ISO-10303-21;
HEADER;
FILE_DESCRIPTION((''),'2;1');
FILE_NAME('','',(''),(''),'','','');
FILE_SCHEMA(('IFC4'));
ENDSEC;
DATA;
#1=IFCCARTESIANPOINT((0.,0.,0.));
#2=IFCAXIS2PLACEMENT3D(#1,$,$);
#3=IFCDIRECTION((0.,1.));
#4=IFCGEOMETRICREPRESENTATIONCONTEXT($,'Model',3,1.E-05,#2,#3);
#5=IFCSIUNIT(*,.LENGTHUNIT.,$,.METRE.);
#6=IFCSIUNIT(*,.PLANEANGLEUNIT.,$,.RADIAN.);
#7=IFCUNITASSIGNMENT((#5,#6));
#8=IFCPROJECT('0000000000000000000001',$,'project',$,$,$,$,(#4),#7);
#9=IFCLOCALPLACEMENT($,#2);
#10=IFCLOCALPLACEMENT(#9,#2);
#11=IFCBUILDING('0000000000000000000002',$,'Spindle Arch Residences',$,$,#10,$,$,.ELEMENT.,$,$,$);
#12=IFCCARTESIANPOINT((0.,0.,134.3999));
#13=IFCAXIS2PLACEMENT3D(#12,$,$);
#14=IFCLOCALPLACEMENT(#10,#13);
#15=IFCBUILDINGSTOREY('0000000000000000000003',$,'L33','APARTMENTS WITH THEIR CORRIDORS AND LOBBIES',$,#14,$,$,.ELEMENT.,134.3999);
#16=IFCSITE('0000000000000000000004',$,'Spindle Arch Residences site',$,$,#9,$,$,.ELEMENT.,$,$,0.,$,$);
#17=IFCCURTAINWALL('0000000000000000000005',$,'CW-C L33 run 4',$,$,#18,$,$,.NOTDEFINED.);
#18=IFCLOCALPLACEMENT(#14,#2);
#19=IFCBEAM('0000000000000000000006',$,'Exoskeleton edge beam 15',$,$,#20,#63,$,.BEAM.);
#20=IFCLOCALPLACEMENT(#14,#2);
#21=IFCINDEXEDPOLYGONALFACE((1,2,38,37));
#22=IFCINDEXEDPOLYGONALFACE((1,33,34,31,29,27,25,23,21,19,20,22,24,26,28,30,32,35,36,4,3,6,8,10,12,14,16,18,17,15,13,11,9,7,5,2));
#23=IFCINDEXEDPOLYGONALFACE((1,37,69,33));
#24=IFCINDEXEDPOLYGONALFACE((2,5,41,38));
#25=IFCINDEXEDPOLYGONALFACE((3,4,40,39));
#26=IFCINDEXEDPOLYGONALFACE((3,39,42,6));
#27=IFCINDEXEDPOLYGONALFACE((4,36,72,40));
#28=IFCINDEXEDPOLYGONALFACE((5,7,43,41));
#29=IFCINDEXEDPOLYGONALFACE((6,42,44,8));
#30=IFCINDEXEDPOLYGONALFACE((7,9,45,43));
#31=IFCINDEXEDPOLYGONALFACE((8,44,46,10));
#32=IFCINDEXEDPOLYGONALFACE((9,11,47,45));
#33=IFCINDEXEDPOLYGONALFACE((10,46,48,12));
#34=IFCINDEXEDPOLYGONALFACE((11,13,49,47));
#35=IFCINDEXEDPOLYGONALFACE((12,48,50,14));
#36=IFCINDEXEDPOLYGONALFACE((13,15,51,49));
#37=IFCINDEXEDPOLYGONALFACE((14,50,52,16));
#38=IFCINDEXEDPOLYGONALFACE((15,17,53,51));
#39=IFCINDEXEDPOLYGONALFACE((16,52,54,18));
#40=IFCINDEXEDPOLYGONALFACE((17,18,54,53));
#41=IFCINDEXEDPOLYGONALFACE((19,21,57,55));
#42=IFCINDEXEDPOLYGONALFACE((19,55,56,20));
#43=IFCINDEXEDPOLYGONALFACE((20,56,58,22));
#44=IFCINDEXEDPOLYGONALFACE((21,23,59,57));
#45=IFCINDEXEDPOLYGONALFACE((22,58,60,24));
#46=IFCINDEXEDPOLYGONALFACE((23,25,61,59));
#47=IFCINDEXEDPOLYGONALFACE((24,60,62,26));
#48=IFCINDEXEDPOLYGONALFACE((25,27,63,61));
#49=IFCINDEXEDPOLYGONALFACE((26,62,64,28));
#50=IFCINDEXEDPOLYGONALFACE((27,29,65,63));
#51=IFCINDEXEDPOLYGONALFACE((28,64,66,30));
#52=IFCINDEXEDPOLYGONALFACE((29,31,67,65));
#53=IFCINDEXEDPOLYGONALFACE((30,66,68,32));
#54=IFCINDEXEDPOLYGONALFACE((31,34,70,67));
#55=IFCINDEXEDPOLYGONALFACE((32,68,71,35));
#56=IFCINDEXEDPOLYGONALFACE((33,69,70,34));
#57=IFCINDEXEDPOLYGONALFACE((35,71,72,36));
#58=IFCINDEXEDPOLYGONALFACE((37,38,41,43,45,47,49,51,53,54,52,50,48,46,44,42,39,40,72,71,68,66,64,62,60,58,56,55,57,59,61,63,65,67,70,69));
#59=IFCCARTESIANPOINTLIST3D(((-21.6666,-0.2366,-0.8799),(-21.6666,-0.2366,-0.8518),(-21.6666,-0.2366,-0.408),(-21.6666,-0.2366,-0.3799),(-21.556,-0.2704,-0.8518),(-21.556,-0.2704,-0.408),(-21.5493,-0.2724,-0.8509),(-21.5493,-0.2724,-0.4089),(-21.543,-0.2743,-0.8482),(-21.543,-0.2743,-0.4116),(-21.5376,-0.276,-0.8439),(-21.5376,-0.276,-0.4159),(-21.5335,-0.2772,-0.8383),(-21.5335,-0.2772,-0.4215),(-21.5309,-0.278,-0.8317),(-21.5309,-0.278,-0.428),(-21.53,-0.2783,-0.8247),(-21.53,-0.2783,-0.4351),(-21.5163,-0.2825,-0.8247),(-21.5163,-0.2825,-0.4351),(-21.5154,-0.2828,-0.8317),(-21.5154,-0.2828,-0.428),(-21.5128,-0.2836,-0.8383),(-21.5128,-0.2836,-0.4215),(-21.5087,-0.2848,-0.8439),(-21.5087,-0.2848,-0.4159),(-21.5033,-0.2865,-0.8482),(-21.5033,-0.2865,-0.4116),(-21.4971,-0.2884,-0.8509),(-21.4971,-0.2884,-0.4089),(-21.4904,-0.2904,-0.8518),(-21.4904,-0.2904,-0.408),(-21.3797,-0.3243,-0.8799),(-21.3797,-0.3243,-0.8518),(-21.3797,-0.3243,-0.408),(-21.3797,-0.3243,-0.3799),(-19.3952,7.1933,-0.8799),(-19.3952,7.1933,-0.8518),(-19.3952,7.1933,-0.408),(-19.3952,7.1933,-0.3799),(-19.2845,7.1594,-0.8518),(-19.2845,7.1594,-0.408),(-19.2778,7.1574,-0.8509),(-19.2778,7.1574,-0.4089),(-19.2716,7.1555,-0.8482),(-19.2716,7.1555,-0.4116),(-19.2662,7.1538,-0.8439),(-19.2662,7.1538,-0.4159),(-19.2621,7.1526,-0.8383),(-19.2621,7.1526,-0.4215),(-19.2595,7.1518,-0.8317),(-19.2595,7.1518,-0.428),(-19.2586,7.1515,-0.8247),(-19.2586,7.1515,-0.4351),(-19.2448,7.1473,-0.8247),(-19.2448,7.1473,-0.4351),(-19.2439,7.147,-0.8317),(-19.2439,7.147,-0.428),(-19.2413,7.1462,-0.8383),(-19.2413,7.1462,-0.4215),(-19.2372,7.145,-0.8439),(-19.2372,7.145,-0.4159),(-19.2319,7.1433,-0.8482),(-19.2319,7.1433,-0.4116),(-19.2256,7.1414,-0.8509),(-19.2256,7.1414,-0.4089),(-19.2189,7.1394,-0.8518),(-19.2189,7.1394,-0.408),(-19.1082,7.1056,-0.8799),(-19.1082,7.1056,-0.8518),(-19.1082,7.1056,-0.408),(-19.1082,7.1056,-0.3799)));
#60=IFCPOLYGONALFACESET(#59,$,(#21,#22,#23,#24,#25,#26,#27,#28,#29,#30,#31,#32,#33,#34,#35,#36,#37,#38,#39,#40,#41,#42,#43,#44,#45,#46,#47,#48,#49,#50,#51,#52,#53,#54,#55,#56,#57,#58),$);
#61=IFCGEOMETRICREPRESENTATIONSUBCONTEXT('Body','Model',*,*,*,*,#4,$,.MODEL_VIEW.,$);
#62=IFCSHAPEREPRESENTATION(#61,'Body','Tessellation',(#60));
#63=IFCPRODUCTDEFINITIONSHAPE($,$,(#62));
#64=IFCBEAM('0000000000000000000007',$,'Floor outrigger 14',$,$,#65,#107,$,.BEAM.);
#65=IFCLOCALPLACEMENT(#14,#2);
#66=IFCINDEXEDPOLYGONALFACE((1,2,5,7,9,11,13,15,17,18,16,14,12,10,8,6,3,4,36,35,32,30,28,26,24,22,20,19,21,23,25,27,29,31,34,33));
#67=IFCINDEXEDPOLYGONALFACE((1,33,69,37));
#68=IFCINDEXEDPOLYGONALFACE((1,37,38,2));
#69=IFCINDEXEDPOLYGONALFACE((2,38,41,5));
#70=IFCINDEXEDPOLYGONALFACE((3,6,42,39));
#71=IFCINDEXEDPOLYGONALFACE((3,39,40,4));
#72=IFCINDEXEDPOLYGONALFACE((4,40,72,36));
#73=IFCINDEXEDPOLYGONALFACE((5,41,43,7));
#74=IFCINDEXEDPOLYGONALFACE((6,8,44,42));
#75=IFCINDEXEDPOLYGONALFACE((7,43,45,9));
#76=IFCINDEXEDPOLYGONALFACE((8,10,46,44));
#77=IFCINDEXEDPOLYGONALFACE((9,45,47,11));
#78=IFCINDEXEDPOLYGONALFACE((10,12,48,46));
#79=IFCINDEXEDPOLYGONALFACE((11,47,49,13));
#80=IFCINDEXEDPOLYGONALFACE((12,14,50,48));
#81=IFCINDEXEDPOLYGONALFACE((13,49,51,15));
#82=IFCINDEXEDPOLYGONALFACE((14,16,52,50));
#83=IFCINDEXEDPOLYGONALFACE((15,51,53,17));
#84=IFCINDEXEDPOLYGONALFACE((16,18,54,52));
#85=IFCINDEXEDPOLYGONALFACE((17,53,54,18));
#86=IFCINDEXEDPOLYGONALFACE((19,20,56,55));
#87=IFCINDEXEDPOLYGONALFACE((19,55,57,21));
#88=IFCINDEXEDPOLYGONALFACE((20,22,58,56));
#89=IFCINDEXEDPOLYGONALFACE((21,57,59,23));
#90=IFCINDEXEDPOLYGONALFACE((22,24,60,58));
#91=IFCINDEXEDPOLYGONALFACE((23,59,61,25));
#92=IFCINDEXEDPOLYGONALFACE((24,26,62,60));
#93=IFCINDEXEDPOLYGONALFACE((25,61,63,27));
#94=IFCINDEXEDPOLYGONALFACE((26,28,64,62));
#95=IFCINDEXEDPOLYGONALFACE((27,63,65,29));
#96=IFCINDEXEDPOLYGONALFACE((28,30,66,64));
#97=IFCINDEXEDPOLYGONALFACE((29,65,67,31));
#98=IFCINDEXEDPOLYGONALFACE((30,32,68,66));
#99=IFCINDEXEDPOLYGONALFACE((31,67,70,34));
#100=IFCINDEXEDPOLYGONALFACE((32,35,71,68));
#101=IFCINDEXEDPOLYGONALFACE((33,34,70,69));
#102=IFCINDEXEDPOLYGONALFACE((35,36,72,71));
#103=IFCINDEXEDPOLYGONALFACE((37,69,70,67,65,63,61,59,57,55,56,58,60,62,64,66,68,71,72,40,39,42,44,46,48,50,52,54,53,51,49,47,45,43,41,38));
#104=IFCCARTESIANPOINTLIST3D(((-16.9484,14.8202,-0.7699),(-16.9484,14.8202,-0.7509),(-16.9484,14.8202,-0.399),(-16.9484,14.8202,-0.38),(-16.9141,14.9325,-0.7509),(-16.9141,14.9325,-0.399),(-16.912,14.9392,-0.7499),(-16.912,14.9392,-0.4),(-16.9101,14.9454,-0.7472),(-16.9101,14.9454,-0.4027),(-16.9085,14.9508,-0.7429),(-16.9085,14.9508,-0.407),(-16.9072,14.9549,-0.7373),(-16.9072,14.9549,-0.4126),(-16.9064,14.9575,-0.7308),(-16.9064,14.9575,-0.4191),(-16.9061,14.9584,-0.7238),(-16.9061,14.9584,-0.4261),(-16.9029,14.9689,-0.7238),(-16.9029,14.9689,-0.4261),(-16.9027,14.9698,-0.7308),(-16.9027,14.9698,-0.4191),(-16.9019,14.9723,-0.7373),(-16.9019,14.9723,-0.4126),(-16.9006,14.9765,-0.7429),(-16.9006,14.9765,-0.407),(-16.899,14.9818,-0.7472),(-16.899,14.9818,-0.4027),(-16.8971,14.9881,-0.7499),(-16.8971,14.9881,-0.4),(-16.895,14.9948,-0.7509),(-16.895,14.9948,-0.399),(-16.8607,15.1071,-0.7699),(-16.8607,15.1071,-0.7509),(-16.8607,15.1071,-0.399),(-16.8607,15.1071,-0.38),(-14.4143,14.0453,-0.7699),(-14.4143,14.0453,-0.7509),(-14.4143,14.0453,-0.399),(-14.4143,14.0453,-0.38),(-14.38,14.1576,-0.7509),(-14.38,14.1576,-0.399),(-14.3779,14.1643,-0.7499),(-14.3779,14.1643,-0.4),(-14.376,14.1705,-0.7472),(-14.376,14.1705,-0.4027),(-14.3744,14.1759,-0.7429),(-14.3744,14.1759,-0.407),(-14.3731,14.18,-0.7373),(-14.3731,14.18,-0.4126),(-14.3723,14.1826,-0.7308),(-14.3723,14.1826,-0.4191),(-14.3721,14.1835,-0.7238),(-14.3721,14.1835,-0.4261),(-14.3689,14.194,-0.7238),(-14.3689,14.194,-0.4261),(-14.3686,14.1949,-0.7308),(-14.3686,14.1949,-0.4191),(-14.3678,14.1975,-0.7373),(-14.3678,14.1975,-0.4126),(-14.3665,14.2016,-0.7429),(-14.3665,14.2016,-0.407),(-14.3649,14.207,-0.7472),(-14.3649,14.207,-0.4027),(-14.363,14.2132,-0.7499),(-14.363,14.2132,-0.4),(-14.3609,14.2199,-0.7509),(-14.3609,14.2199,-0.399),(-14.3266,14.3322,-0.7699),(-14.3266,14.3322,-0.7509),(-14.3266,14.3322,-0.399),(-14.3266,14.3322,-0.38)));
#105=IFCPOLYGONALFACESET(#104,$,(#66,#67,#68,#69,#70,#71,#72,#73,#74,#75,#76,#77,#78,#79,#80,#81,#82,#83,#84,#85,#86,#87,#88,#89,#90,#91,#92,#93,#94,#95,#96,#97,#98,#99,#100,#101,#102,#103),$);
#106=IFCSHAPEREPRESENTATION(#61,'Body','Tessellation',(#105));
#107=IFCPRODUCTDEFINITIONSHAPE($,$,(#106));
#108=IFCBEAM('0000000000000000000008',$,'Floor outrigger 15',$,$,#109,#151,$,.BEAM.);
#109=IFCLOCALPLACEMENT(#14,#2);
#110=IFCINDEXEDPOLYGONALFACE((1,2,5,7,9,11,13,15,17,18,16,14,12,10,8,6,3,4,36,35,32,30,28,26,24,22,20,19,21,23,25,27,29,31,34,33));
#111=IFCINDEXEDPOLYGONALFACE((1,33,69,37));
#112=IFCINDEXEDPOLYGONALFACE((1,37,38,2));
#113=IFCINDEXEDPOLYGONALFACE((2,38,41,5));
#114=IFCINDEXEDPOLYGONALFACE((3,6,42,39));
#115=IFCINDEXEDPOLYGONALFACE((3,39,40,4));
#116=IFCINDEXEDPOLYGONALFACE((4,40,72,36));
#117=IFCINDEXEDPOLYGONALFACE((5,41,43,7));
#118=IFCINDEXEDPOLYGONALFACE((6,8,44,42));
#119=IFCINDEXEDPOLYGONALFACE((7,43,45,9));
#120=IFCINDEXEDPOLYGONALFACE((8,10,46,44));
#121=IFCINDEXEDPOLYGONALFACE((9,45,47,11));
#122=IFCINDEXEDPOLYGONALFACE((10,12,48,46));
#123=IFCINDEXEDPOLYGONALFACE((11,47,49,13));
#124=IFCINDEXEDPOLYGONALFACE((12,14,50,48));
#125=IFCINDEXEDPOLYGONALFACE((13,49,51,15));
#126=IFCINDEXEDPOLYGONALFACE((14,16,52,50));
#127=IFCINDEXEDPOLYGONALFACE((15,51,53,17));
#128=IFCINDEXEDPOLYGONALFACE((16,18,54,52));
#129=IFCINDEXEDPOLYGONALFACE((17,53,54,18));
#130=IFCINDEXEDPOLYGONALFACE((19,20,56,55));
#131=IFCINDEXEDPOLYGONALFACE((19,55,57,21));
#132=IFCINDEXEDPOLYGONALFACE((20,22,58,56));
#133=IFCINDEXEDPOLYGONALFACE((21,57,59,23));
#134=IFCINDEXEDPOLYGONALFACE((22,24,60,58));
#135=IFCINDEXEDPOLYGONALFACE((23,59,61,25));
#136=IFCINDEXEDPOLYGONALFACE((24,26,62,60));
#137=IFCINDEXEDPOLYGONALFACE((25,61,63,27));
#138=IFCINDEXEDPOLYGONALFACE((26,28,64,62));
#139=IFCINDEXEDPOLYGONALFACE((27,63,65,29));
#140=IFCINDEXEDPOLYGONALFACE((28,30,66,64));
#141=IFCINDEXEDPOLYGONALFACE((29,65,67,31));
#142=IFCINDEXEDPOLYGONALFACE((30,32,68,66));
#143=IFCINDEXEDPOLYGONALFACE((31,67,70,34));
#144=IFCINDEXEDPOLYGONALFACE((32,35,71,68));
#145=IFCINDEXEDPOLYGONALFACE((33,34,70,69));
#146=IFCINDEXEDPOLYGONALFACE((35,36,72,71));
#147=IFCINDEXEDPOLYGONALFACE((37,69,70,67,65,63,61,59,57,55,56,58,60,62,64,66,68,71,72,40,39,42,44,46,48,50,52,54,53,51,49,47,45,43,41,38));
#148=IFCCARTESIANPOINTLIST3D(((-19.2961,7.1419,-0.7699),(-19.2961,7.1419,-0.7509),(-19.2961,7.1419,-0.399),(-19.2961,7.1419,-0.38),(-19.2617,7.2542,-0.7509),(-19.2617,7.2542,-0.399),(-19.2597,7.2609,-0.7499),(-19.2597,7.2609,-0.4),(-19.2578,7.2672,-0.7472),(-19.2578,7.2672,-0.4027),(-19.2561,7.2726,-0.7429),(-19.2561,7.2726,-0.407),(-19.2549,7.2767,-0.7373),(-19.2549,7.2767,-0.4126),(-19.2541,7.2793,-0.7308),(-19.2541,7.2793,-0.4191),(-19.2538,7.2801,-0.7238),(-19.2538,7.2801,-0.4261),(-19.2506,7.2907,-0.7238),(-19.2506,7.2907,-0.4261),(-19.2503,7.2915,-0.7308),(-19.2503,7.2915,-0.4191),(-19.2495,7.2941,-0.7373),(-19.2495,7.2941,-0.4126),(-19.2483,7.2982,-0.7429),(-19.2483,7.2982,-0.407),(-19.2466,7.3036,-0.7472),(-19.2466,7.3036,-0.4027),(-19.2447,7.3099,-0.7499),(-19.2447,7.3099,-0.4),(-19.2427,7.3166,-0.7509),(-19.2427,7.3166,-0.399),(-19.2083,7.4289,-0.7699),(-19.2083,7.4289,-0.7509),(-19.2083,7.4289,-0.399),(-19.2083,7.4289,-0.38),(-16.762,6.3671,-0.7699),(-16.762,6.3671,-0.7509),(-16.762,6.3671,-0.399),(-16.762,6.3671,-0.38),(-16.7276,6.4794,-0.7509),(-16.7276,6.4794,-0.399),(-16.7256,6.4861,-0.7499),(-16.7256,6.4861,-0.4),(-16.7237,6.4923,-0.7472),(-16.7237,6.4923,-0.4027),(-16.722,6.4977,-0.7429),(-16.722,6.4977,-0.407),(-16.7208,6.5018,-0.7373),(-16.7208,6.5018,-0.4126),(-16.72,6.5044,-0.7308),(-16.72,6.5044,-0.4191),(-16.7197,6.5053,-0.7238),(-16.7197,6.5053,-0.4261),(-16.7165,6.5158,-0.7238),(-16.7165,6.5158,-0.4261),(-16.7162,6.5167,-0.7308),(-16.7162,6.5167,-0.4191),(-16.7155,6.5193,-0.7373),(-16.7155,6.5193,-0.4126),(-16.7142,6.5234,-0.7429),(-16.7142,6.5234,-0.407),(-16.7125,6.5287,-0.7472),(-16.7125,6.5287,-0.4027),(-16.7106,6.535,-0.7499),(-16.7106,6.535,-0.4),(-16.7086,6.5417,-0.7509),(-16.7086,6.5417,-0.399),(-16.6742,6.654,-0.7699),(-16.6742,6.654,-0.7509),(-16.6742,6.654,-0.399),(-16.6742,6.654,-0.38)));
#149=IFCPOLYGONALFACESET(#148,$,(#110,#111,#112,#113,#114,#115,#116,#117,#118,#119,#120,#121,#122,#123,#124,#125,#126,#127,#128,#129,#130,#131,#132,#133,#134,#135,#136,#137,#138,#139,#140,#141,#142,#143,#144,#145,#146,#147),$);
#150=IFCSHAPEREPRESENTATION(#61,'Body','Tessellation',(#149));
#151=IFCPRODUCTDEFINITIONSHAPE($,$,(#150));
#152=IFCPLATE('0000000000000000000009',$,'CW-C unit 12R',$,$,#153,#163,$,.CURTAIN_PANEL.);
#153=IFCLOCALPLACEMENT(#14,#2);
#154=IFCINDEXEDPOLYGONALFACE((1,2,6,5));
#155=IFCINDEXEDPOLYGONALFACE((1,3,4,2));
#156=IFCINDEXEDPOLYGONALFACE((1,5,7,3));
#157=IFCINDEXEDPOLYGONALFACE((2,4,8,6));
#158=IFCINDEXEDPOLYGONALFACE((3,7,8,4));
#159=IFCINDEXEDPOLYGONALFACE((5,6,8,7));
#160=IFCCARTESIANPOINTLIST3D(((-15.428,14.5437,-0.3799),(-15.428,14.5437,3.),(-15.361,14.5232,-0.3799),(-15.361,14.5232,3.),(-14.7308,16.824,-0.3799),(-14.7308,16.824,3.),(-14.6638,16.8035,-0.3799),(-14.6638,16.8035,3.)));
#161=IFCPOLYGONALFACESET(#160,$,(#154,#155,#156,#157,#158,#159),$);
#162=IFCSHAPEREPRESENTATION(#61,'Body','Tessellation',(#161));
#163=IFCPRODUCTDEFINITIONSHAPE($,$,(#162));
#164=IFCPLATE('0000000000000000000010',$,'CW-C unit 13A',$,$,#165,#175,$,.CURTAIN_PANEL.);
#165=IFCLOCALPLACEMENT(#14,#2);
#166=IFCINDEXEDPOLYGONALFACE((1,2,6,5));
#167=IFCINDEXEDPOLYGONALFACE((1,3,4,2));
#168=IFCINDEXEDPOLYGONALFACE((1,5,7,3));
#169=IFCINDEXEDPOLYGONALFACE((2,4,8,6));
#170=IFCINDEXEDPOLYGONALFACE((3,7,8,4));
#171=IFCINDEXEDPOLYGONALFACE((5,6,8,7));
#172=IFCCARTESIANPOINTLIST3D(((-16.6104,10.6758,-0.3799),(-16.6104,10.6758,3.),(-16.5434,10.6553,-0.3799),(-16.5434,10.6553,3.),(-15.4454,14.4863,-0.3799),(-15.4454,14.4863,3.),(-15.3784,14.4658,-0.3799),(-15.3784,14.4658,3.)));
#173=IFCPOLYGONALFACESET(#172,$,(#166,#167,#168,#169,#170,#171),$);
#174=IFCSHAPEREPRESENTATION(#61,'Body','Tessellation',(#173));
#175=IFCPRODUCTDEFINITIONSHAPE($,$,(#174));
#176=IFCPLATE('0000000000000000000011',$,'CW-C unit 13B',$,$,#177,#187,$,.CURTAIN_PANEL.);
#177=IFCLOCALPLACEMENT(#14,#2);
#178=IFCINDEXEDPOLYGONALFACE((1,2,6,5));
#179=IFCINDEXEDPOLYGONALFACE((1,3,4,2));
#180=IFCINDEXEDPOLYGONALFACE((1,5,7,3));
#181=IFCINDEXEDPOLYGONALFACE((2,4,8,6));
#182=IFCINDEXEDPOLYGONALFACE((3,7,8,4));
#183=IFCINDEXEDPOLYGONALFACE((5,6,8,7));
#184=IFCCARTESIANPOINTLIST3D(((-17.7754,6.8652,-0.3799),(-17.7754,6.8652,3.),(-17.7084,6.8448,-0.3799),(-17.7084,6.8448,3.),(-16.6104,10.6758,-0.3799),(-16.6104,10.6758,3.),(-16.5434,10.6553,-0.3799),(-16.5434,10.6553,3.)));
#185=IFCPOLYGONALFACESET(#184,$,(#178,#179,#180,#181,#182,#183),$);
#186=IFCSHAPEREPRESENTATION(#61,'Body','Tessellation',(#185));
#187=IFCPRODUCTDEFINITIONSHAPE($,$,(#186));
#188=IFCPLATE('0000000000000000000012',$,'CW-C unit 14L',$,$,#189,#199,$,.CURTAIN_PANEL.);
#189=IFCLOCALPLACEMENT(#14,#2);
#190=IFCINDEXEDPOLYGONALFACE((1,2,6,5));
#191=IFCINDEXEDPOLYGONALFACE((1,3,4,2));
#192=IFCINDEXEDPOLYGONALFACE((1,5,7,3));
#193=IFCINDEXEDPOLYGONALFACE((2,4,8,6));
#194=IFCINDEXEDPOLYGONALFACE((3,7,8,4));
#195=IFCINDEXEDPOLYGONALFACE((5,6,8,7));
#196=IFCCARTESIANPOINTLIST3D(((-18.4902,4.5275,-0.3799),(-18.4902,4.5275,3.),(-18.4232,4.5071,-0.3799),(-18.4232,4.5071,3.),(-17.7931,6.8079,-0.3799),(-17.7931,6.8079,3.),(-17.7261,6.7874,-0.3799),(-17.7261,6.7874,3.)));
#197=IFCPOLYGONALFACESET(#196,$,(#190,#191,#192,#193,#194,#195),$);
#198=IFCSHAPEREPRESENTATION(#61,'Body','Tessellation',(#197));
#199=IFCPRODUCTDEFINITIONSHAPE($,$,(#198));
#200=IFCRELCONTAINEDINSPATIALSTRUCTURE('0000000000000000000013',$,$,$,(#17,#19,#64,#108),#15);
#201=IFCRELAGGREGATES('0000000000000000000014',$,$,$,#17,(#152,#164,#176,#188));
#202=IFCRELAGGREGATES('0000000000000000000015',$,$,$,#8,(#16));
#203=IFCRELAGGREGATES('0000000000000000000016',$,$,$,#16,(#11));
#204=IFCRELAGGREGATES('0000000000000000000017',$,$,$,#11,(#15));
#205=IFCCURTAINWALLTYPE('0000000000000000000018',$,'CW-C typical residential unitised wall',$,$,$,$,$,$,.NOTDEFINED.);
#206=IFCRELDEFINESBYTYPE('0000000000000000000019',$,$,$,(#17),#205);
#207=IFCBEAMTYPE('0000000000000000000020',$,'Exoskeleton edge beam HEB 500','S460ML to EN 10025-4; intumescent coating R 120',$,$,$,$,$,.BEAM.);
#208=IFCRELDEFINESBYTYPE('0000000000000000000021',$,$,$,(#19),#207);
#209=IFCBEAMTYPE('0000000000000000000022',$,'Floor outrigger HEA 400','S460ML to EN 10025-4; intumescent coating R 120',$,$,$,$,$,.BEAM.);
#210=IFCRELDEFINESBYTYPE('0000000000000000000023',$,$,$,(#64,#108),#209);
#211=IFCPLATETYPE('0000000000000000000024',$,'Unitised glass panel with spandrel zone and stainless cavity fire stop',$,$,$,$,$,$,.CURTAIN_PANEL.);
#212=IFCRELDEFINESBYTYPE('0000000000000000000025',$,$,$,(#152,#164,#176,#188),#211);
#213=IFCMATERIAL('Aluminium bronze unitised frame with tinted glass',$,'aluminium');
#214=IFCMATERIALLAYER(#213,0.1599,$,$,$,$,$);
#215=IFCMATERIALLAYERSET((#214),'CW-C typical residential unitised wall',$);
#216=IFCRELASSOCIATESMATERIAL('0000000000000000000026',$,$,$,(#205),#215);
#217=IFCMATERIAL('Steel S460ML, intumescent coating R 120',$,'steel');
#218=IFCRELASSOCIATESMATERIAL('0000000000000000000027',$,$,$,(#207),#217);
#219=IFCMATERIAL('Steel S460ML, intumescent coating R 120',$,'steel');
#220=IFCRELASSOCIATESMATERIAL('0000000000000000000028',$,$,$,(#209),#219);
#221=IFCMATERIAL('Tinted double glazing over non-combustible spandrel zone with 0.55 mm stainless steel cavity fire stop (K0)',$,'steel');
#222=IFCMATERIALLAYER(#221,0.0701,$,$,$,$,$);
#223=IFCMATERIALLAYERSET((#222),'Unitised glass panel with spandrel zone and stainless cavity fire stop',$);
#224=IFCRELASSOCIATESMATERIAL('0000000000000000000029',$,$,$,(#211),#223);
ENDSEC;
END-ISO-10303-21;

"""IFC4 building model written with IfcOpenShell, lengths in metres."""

from ifc_helpers import new_model, si_unit, direction, frame, origin, origin_2d, place, context, subcontext, project, spatial, rectangle, i_section, extrude, material, layer, layer_set, material_profile, profile_set, type_object, element, aggregate, save


model = new_model("IFC4")

# Units and contexts
model_context = context("Model", 3, precision=1e-05, world=origin(), true_north=direction((0.0, 1.0)))
body_context = subcontext(model_context, "Body", "Model", "MODEL_VIEW")
ifc_project = project(units=[si_unit("LENGTHUNIT", "METRE"), si_unit("PLANEANGLEUNIT", "RADIAN")], contexts=[model_context])

# Site, building, storey
site_placement = place(None, origin())
site = spatial("IfcSite", under=ifc_project, at=site_placement, Name="Spindle Arch Residences site", CompositionType="ELEMENT", RefElevation=0.0)
building_placement = place(site_placement, origin())
building = spatial("IfcBuilding", under=site, at=building_placement, Name="Spindle Arch Residences", CompositionType="ELEMENT")
storey_placement = place(building_placement, frame((0.0, 0.0, 134.3999)))
storey = spatial("IfcBuildingStorey", under=building, at=storey_placement, Name="L33", Description="APARTMENTS WITH THEIR CORRIDORS AND LOBBIES", CompositionType="ELEMENT", Elevation=134.3999)

# Curtain wall
ifc_material_1 = material(Name="Aluminium bronze unitised frame with tinted glass", Category="aluminium")
ifc_layer_1 = layer(ifc_material_1, 0.1599)
ifc_layer_set_1 = layer_set([ifc_layer_1], Name="CW-C typical residential unitised wall")
curtain_wall_type = type_object("IfcCurtainWallType", Name="CW-C typical residential unitised wall", PredefinedType="NOTDEFINED", material=ifc_layer_set_1)
curtain_wall_placement = place(storey_placement, origin())
curtain_wall = element("IfcCurtainWall", 1, at=curtain_wall_placement, inside=storey, type_object=curtain_wall_type, Name="CW-C L33 run 4", PredefinedType="NOTDEFINED")

# Beams
ifc_material_2 = material(Name="Steel S460ML, intumescent coating R 120", Category="steel")
ifc_material_profile_1 = material_profile(ifc_material_2, i_section(OverallWidth=0.3, OverallDepth=0.5, WebThickness=0.0144, FlangeThickness=0.0281, FilletRadius=0.0271, at=origin_2d()), Name="HEB 500")
ifc_profile_set_1 = profile_set([ifc_material_profile_1], Name="Steel S460ML, intumescent coating R 120")
beam_type_1 = type_object("IfcBeamType", Name="Exoskeleton edge beam HEB 500", Description="S460ML to EN 10025-4; intumescent coating R 120", PredefinedType="BEAM", material=ifc_profile_set_1)
beam_1_placement = place(storey_placement, frame((-19.2517, 7.1494, -0.6299), z_axis=(-0.292363, -0.956307, 0.0), x_axis=(0.956307, -0.292363, 0.0)))
element("IfcBeam", 2, at=beam_1_placement, inside=storey, type_object=beam_type_1, Name="Exoskeleton edge beam 15", PredefinedType="BEAM", context=body_context, shape_type="SweptSolid", body=[
    extrude(i_section(OverallWidth=0.3, OverallDepth=0.5, WebThickness=0.0144, FlangeThickness=0.0281, FilletRadius=0.0271, at=origin_2d()), origin(), (0.0, 0.0, 1.0), 7.7693),
])
ifc_material_3 = material(Name="Steel S460ML, intumescent coating R 120", Category="steel")
ifc_material_profile_2 = material_profile(ifc_material_3, i_section(OverallWidth=0.3, OverallDepth=0.3899, WebThickness=0.011, FlangeThickness=0.019, FilletRadius=0.0271, at=origin_2d()), Name="HEA 400")
ifc_profile_set_2 = profile_set([ifc_material_profile_2], Name="Steel S460ML, intumescent coating R 120")
beam_type_2 = type_object("IfcBeamType", Name="Floor outrigger HEA 400", Description="S460ML to EN 10025-4; intumescent coating R 120", PredefinedType="BEAM", material=ifc_profile_set_2)
for number, where, z_axis, x_axis, name in (
    (3, (-16.9045, 14.9636, -0.575), (0.956291, -0.292415, 0.0), (0.292415, 0.956291, 0.0), "Floor outrigger 14"),
    (4, (-19.2522, 7.2854, -0.575), (0.956291, -0.292415, 0.0), (0.292415, 0.956291, 0.0), "Floor outrigger 15"),
):
    element("IfcBeam", number, at=place(storey_placement, frame(where, z_axis=z_axis, x_axis=x_axis)), inside=storey, type_object=beam_type_2, Name=name, PredefinedType="BEAM", context=body_context, shape_type="SweptSolid", body=[
        extrude(i_section(OverallWidth=0.3, OverallDepth=0.3899, WebThickness=0.011, FlangeThickness=0.019, FilletRadius=0.0271, at=origin_2d()), origin(), (0.0, 0.0, 1.0), 2.6499),
    ])

# Plates
ifc_material_4 = material(Name="Tinted double glazing over non-combustible spandrel zone with 0.55 mm stainless steel cavity fire stop (K0)", Category="steel")
ifc_layer_2 = layer(ifc_material_4, 0.0701)
ifc_layer_set_2 = layer_set([ifc_layer_2], Name="Unitised glass panel with spandrel zone and stainless cavity fire stop")
plate_type = type_object("IfcPlateType", Name="Unitised glass panel with spandrel zone and stainless cavity fire stop", PredefinedType="CURTAIN_PANEL", material=ifc_layer_set_2)
plate_1_placement = place(storey_placement, frame((-15.0459, 15.6736, -0.3799), z_axis=(0.0, 0.0, 1.0), x_axis=(-0.292372, -0.956305, 0.0)))
plate_1 = element("IfcPlate", 5, at=plate_1_placement, type_object=plate_type, Name="CW-C unit 12R", PredefinedType="CURTAIN_PANEL", context=body_context, shape_type="SweptSolid", body=[
    extrude(rectangle(XDim=2.3845, YDim=0.0701, at=origin_2d()), origin(), (0.0, 0.0, 1.0), 3.3799),
])
plate_2_placement = place(storey_placement, frame((-15.9944, 12.5708, -0.3799), z_axis=(0.0, 0.0, 1.0), x_axis=(-0.292372, -0.956305, 0.0)))
plate_2 = element("IfcPlate", 6, at=plate_2_placement, type_object=plate_type, Name="CW-C unit 13A", PredefinedType="CURTAIN_PANEL", context=body_context, shape_type="SweptSolid", body=[
    extrude(rectangle(XDim=3.9846, YDim=0.0701, at=origin_2d()), origin(), (0.0, 0.0, 1.0), 3.3799),
])
plate_3_placement = place(storey_placement, frame((-17.1594, 8.7603, -0.3799), z_axis=(0.0, 0.0, 1.0), x_axis=(-0.292372, -0.956305, 0.0)))
plate_3 = element("IfcPlate", 7, at=plate_3_placement, type_object=plate_type, Name="CW-C unit 13B", PredefinedType="CURTAIN_PANEL", context=body_context, shape_type="SweptSolid", body=[
    extrude(rectangle(XDim=3.9846, YDim=0.0701, at=origin_2d()), origin(), (0.0, 0.0, 1.0), 3.3799),
])
plate_4_placement = place(storey_placement, frame((-18.1082, 5.6575, -0.3799), z_axis=(0.0, 0.0, 1.0), x_axis=(-0.292372, -0.956305, 0.0)))
plate_4 = element("IfcPlate", 8, at=plate_4_placement, type_object=plate_type, Name="CW-C unit 14L", PredefinedType="CURTAIN_PANEL", context=body_context, shape_type="SweptSolid", body=[
    extrude(rectangle(XDim=2.3845, YDim=0.0701, at=origin_2d()), origin(), (0.0, 0.0, 1.0), 3.3799),
])
aggregate(curtain_wall, [plate_1, plate_2, plate_3, plate_4])

save(model, "model.ifc")
